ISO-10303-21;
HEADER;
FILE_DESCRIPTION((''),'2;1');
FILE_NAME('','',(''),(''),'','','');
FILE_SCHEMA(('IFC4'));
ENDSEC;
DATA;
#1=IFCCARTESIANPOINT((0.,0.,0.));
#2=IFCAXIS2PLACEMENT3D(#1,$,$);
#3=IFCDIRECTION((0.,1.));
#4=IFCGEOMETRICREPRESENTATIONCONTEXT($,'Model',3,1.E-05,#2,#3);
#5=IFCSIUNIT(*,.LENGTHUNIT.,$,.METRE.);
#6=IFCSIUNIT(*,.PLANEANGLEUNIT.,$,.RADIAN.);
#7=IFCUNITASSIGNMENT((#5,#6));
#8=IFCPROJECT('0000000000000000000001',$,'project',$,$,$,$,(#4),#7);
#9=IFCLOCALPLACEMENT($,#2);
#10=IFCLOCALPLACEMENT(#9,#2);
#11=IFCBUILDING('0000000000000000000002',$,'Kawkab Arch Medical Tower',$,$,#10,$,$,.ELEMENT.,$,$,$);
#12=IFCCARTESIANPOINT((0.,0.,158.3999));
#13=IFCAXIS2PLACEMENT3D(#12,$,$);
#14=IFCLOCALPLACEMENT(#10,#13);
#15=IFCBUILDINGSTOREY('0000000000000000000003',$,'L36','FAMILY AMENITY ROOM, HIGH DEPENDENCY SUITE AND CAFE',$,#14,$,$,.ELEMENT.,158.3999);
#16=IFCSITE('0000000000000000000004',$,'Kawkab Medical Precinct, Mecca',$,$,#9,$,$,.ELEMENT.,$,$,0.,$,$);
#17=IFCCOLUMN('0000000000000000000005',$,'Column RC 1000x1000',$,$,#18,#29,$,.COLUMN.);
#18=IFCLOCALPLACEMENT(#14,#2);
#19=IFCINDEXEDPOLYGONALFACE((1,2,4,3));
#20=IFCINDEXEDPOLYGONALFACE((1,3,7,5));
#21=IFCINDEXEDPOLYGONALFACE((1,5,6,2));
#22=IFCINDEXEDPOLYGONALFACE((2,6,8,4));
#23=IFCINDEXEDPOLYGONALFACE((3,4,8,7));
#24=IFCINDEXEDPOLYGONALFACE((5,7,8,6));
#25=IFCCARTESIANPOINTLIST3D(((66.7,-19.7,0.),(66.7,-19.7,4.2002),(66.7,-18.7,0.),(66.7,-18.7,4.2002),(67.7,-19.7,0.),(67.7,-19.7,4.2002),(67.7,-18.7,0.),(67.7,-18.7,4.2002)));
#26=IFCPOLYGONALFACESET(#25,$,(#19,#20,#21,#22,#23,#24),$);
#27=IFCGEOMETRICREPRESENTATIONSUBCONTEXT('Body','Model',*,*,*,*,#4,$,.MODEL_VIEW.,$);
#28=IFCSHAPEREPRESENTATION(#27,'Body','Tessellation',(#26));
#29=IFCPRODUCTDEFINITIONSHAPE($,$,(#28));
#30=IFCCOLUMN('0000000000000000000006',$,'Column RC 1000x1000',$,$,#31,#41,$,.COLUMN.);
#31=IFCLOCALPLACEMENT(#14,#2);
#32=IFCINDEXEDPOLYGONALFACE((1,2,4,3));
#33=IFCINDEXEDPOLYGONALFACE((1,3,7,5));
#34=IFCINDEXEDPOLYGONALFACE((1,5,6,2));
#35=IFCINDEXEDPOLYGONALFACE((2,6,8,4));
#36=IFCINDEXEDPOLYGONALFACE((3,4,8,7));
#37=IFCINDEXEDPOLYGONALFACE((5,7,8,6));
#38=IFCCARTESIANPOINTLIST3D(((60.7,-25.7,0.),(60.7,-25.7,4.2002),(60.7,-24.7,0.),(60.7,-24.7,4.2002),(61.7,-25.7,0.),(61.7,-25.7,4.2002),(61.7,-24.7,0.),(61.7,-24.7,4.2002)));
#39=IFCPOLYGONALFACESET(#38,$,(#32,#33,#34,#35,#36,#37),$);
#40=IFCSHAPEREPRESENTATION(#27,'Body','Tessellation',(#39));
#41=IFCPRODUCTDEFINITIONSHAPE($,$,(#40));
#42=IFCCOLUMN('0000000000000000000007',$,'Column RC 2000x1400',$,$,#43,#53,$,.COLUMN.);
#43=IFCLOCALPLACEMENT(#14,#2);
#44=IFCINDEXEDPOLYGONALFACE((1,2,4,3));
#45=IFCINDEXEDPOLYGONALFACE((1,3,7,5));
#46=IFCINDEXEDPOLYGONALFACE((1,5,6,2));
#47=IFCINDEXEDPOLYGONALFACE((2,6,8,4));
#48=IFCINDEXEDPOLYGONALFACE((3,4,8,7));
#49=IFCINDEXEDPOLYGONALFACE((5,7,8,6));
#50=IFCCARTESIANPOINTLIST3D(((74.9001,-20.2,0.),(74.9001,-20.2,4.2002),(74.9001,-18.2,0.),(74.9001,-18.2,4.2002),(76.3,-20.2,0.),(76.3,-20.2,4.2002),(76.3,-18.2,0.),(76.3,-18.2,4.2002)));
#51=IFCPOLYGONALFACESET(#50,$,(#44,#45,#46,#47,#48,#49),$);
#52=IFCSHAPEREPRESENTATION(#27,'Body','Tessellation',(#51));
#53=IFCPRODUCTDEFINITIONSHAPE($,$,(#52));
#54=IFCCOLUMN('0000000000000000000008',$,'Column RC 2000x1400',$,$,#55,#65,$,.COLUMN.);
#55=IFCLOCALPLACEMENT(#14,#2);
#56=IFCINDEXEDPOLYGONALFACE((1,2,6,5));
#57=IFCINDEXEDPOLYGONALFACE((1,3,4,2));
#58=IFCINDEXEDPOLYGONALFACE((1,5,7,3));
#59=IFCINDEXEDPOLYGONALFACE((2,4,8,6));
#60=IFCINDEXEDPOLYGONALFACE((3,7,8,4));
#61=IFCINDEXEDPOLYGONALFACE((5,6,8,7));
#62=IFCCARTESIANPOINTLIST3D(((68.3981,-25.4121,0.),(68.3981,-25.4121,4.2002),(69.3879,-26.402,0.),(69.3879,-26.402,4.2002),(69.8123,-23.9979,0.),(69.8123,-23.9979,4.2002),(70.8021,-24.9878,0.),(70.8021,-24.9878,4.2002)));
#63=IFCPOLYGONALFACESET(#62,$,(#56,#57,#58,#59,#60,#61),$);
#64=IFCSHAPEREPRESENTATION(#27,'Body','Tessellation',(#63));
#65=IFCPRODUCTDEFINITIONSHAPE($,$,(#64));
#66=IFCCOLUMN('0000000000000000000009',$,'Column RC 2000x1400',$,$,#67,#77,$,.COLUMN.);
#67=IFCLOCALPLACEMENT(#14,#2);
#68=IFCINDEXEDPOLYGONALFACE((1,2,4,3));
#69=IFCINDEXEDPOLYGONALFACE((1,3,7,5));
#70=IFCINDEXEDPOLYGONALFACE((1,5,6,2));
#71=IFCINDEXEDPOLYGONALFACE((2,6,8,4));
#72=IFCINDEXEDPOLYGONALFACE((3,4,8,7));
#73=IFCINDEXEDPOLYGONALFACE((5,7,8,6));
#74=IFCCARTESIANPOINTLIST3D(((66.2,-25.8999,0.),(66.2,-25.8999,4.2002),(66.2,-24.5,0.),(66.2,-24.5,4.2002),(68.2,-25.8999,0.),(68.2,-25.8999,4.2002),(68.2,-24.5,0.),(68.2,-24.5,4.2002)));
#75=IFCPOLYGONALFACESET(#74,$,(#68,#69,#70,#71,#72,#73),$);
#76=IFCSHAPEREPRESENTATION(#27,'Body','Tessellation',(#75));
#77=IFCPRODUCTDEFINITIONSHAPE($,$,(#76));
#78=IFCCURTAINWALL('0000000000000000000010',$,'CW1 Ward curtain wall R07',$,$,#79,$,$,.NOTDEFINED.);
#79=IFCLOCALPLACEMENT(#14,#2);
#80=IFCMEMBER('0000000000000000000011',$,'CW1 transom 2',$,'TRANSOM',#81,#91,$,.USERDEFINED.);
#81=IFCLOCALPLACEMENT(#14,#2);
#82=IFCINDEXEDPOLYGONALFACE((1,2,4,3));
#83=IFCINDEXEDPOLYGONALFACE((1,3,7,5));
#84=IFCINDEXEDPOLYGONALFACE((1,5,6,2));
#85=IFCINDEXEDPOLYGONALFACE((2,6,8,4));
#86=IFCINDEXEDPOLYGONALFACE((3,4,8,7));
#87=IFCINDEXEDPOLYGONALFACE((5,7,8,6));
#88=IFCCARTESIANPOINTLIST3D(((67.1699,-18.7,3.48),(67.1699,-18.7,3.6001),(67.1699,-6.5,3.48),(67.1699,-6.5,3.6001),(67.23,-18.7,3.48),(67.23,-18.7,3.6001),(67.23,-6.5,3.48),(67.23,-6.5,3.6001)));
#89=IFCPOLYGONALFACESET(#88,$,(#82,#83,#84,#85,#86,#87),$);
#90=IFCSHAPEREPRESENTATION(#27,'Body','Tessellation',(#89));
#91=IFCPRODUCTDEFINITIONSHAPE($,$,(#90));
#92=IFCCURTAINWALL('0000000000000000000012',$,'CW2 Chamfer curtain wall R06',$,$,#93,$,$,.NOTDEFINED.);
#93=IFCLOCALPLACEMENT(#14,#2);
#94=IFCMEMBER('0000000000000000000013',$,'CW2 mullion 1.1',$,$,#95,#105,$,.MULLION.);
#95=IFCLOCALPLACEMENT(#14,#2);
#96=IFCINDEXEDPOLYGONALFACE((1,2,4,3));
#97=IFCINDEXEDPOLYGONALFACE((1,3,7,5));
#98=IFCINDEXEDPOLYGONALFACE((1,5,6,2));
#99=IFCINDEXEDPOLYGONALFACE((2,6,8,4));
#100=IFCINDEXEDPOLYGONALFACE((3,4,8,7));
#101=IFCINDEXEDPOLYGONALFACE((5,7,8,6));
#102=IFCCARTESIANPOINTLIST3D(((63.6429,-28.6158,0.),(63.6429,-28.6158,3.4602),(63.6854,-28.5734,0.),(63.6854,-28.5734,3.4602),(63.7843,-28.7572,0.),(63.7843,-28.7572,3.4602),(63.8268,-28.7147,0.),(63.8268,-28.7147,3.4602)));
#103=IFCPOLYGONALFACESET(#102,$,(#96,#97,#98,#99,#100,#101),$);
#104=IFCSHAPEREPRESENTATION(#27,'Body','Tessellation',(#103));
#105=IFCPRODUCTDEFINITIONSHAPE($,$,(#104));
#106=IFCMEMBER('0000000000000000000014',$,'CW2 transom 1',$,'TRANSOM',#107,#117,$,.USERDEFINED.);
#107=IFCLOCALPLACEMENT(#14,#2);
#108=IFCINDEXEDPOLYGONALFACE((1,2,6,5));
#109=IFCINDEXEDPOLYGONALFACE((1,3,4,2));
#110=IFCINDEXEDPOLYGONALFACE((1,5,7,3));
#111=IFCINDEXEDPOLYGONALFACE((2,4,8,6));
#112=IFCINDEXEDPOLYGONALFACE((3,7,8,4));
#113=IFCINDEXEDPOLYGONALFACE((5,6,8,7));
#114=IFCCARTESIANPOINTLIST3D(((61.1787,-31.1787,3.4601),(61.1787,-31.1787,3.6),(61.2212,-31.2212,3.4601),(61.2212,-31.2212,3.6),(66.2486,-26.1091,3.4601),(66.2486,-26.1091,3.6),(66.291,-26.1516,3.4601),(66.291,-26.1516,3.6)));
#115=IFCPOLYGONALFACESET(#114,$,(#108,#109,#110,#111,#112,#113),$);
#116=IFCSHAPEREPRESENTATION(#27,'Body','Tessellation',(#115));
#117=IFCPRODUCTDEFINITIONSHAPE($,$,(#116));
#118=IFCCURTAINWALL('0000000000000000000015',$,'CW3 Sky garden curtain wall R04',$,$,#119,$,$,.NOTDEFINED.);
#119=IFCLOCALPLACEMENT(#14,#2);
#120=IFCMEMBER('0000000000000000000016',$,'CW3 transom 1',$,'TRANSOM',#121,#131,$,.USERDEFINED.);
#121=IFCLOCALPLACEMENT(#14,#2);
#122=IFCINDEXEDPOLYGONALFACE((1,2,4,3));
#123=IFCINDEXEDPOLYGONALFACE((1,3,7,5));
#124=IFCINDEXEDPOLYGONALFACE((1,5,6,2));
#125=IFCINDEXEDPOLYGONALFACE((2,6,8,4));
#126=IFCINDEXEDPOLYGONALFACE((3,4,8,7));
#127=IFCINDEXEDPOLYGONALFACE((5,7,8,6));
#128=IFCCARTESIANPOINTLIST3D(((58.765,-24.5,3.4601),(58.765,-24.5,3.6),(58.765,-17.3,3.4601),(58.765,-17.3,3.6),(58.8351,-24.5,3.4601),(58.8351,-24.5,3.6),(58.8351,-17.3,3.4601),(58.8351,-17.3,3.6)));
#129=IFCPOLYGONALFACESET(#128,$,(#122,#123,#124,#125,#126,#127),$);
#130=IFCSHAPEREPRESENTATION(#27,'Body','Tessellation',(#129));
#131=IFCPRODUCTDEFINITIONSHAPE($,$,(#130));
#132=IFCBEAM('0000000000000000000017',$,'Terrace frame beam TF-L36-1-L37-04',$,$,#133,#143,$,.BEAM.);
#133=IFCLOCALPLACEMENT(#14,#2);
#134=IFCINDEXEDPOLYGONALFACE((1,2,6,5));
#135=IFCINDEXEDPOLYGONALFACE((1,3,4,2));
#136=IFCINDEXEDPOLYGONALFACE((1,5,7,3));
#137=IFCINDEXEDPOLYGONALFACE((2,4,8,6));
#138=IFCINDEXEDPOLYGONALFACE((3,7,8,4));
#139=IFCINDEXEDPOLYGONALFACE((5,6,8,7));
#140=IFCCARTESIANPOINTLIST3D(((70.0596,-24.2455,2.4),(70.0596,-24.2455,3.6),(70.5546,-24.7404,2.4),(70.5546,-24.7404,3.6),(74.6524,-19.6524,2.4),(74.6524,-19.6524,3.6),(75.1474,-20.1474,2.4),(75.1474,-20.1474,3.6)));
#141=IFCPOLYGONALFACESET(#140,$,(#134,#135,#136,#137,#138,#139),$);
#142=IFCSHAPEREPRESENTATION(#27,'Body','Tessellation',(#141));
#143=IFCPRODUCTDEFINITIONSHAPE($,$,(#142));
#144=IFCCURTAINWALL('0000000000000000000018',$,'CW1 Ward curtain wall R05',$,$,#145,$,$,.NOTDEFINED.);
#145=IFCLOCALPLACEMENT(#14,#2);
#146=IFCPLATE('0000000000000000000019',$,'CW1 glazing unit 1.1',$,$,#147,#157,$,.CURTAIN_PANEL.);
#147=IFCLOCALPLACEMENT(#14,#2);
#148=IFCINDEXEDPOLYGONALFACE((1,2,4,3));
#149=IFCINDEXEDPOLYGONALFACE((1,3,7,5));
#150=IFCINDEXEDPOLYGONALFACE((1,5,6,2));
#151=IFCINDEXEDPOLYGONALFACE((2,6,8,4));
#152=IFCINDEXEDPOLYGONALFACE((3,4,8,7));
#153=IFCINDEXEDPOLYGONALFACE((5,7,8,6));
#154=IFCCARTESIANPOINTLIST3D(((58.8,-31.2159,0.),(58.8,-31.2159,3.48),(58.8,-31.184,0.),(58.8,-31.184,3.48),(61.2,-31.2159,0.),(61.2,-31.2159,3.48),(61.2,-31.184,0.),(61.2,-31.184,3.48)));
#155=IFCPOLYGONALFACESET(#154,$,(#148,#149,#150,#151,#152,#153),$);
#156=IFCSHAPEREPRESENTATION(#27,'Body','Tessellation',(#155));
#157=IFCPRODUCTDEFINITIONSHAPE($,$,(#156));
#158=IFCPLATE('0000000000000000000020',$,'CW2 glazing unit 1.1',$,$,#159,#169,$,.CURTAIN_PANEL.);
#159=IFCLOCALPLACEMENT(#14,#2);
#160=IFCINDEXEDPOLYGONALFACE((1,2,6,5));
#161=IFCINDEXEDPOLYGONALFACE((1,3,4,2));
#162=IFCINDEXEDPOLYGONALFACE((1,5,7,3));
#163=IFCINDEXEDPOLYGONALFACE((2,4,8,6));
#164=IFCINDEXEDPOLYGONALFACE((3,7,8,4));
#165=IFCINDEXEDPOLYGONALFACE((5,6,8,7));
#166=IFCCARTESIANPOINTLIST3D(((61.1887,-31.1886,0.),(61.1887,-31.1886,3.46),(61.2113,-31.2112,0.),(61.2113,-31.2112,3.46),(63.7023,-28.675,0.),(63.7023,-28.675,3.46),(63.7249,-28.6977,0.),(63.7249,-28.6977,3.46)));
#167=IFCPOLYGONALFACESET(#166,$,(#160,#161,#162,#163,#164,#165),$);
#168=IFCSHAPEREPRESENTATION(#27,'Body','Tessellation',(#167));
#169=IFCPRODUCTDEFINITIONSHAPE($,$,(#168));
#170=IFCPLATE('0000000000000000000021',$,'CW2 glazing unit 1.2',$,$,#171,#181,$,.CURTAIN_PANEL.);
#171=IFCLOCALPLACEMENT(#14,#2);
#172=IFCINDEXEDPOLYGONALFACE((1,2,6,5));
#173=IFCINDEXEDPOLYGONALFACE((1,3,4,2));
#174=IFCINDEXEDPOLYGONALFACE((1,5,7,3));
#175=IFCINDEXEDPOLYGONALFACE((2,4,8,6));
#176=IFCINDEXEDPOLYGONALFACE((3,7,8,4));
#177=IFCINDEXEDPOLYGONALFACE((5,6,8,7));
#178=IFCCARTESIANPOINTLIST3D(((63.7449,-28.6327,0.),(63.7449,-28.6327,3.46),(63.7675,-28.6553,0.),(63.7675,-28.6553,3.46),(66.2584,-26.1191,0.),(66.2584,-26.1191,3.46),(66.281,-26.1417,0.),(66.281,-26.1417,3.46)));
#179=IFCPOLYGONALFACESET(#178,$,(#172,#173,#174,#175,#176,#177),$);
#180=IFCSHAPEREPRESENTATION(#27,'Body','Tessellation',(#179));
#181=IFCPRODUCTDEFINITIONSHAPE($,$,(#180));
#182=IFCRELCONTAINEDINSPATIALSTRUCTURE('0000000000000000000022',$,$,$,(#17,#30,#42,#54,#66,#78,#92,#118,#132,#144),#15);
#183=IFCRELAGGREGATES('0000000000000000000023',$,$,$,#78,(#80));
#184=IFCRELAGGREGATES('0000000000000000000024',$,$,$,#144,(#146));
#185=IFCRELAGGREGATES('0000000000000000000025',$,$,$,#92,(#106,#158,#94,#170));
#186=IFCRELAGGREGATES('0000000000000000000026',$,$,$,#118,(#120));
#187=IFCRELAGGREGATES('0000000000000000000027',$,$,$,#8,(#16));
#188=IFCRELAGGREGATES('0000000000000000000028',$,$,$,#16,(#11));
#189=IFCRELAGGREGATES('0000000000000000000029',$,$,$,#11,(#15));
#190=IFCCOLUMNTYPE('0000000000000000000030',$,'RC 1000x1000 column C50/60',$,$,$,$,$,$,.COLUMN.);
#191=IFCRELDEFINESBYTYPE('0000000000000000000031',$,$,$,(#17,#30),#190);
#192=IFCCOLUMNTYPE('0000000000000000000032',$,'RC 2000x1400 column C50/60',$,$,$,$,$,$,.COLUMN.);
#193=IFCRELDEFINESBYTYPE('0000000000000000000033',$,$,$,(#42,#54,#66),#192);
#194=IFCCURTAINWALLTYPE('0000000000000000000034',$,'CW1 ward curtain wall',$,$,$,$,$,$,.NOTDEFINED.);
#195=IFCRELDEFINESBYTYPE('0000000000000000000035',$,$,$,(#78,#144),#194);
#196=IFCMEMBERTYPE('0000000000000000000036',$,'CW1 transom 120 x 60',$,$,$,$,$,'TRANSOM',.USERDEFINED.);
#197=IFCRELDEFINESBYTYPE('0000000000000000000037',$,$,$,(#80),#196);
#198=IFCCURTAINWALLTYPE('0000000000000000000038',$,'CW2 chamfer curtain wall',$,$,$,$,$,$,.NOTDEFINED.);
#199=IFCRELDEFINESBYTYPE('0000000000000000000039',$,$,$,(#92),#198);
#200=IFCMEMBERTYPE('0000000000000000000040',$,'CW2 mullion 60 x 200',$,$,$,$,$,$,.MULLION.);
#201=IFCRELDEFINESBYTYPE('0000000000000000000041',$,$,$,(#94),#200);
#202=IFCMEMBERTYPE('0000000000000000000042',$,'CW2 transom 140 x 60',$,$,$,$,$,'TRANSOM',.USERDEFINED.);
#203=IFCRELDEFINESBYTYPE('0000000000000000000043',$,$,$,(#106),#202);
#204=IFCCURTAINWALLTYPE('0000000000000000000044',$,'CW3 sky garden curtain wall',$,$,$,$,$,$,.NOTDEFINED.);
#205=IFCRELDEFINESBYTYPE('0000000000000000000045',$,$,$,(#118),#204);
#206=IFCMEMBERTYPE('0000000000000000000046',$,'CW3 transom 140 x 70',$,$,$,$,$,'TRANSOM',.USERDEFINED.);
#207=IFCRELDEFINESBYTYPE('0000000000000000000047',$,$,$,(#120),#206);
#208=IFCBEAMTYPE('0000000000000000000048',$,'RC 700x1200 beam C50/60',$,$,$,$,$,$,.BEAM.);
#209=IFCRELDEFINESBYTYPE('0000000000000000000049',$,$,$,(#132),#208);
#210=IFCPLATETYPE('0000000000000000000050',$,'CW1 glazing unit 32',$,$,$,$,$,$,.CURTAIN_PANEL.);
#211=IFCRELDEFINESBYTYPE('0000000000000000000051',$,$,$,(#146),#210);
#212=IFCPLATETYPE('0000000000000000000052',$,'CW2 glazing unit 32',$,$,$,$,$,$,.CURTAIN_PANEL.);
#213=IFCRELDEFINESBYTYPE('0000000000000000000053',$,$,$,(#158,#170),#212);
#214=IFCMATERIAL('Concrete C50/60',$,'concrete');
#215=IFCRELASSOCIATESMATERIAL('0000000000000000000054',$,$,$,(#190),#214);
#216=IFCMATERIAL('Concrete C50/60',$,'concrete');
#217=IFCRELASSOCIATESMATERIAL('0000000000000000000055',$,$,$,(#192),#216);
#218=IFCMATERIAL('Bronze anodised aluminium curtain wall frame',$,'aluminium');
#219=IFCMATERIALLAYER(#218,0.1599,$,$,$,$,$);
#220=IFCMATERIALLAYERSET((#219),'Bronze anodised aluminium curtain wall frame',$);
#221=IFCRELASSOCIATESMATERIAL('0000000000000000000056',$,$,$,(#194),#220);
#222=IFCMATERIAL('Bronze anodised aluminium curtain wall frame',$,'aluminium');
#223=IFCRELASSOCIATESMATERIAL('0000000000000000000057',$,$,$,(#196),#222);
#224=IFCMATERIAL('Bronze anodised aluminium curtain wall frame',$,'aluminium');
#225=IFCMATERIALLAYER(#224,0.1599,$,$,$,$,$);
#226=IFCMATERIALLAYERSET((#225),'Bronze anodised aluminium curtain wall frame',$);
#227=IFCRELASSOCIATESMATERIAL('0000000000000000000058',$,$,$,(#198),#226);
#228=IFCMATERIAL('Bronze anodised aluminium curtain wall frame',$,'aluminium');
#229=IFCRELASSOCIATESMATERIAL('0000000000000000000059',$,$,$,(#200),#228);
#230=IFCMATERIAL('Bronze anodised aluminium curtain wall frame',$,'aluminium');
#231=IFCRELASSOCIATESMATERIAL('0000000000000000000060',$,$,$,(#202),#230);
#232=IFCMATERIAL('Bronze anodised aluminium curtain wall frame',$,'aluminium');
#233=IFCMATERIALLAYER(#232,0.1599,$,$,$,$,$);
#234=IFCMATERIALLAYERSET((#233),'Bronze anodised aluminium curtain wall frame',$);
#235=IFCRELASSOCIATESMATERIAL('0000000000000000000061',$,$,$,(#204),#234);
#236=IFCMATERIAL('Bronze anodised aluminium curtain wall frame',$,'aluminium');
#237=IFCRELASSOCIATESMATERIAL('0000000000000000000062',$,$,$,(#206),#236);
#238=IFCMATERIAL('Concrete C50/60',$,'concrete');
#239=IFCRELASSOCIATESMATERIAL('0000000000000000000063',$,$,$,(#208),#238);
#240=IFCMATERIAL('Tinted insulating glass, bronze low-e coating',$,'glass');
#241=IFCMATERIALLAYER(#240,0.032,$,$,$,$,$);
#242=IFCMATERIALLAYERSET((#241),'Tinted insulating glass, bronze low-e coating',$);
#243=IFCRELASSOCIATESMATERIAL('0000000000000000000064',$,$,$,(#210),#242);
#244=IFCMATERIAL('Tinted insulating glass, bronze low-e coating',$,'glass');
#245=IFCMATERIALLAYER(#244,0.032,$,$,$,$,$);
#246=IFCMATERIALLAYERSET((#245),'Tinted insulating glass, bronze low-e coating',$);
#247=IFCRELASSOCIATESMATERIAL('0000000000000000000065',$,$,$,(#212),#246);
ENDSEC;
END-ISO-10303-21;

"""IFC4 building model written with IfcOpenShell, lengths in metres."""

from ifc_helpers import new_model, si_unit, direction, frame, origin, origin_2d, place, context, subcontext, project, spatial, rectangle, extrude, material, layer, layer_set, material_profile, profile_set, type_object, element, aggregate, save


model = new_model("IFC4")

# Units and contexts
model_context = context("Model", 3, precision=1e-05, world=origin(), true_north=direction((0.0, 1.0)))
body_context = subcontext(model_context, "Body", "Model", "MODEL_VIEW")
ifc_project = project(units=[si_unit("LENGTHUNIT", "METRE"), si_unit("PLANEANGLEUNIT", "RADIAN")], contexts=[model_context])

# Site, building, storey
site_placement = place(None, origin())
site = spatial("IfcSite", under=ifc_project, at=site_placement, Name="Kawkab Medical Precinct, Mecca", CompositionType="ELEMENT", RefElevation=0.0)
building_placement = place(site_placement, origin())
building = spatial("IfcBuilding", under=site, at=building_placement, Name="Kawkab Arch Medical Tower", CompositionType="ELEMENT")
storey_placement = place(building_placement, frame((0.0, 0.0, 158.3999)))
storey = spatial("IfcBuildingStorey", under=building, at=storey_placement, Name="L36", Description="FAMILY AMENITY ROOM, HIGH DEPENDENCY SUITE AND CAFE", CompositionType="ELEMENT", Elevation=158.3999)

# Columns
ifc_material_1 = material(Name="Concrete C50/60", Category="concrete")
ifc_material_profile_1 = material_profile(ifc_material_1, rectangle(XDim=1.0, YDim=1.0, at=origin_2d()), Name="RC 1000x1000")
ifc_profile_set_1 = profile_set([ifc_material_profile_1], Name="Concrete C50/60")
column_type_1 = type_object("IfcColumnType", Name="RC 1000x1000 column C50/60", PredefinedType="COLUMN", material=ifc_profile_set_1)
for number, where, z_axis, x_axis, name in (
    (1, (67.2, -19.2, 0.0), (0.0, 0.0, 1.0), (1.0, 0.0, 0.0), "Column RC 1000x1000"),
    (2, (61.2, -25.2, 0.0), (0.0, 0.0, 1.0), (1.0, 0.0, 0.0), "Column RC 1000x1000"),
):
    element("IfcColumn", number, at=place(storey_placement, frame(where, z_axis=z_axis, x_axis=x_axis)), inside=storey, type_object=column_type_1, Name=name, PredefinedType="COLUMN", context=body_context, shape_type="SweptSolid", body=[
        extrude(rectangle(XDim=1.0, YDim=1.0, at=origin_2d()), origin(), (0.0, 0.0, 1.0), 4.2002),
    ])
ifc_material_2 = material(Name="Concrete C50/60", Category="concrete")
ifc_material_profile_2 = material_profile(ifc_material_2, rectangle(XDim=2.0, YDim=1.3999, at=origin_2d()), Name="RC 2000x1400")
ifc_profile_set_2 = profile_set([ifc_material_profile_2], Name="Concrete C50/60")
column_type_2 = type_object("IfcColumnType", Name="RC 2000x1400 column C50/60", PredefinedType="COLUMN", material=ifc_profile_set_2)
for number, where, z_axis, x_axis, name in (
    (3, (75.6001, -19.2, 0.0), (0.0, 0.0, 1.0), (0.0, -1.0, 0.0), "Column RC 2000x1400"),
    (4, (69.6001, -25.2, 0.0), (0.0, 0.0, 1.0), (-0.707107, -0.707107, 0.0), "Column RC 2000x1400"),
    (5, (67.2, -25.2, 0.0), (0.0, 0.0, 1.0), (-1.0, 0.0, 0.0), "Column RC 2000x1400"),
):
    element("IfcColumn", number, at=place(storey_placement, frame(where, z_axis=z_axis, x_axis=x_axis)), inside=storey, type_object=column_type_2, Name=name, PredefinedType="COLUMN", context=body_context, shape_type="SweptSolid", body=[
        extrude(rectangle(XDim=2.0, YDim=1.3999, at=origin_2d()), origin(), (0.0, 0.0, 1.0), 4.2002),
    ])

# Curtain wall, member
ifc_material_3 = material(Name="Bronze anodised aluminium curtain wall frame", Category="aluminium")
ifc_layer_1 = layer(ifc_material_3, 0.1599)
ifc_layer_set_1 = layer_set([ifc_layer_1], Name="Bronze anodised aluminium curtain wall frame")
curtain_wall_type_1 = type_object("IfcCurtainWallType", Name="CW1 ward curtain wall", PredefinedType="NOTDEFINED", material=ifc_layer_set_1)
placement = place(storey_placement, origin())
curtain_wall_1 = element("IfcCurtainWall", 6, at=placement, inside=storey, type_object=curtain_wall_type_1, Name="CW1 Ward curtain wall R07", PredefinedType="NOTDEFINED")
ifc_material_4 = material(Name="Bronze anodised aluminium curtain wall frame", Category="aluminium")
ifc_material_profile_3 = material_profile(ifc_material_4, rectangle(XDim=0.0601, YDim=0.1201, at=origin_2d()), Name="AL 60x120")
ifc_profile_set_3 = profile_set([ifc_material_profile_3], Name="Bronze anodised aluminium curtain wall frame")
member_type_1 = type_object("IfcMemberType", Name="CW1 transom 120 x 60", ElementType="TRANSOM", PredefinedType="USERDEFINED", material=ifc_profile_set_3)
member_1_placement = place(storey_placement, frame((67.2, -18.7, 3.54), z_axis=(0.0, 1.0, 0.0), x_axis=(-1.0, 0.0, 0.0)))
member_1 = element("IfcMember", 7, at=member_1_placement, type_object=member_type_1, Name="CW1 transom 2", ObjectType="TRANSOM", PredefinedType="USERDEFINED", context=body_context, shape_type="SweptSolid", body=[
    extrude(rectangle(XDim=0.0601, YDim=0.1201, at=origin_2d()), origin(), (0.0, 0.0, 1.0), 12.2),
])
aggregate(curtain_wall_1, [member_1])

# Curtain wall, members
ifc_material_5 = material(Name="Bronze anodised aluminium curtain wall frame", Category="aluminium")
ifc_layer_2 = layer(ifc_material_5, 0.1599)
ifc_layer_set_2 = layer_set([ifc_layer_2], Name="Bronze anodised aluminium curtain wall frame")
curtain_wall_type_2 = type_object("IfcCurtainWallType", Name="CW2 chamfer curtain wall", PredefinedType="NOTDEFINED", material=ifc_layer_set_2)
curtain_wall_2 = element("IfcCurtainWall", 8, at=placement, inside=storey, type_object=curtain_wall_type_2, Name="CW2 Chamfer curtain wall R06", PredefinedType="NOTDEFINED")
ifc_material_6 = material(Name="Bronze anodised aluminium curtain wall frame", Category="aluminium")
ifc_material_profile_4 = material_profile(ifc_material_6, rectangle(XDim=0.2, YDim=0.0601, at=origin_2d()), Name="AL 60x200")
ifc_profile_set_4 = profile_set([ifc_material_profile_4], Name="Bronze anodised aluminium curtain wall frame")
member_type_2 = type_object("IfcMemberType", Name="CW2 mullion 60 x 200", PredefinedType="MULLION", material=ifc_profile_set_4)
member_2_placement = place(storey_placement, frame((63.7349, -28.6653, 0.0), z_axis=(0.0, 0.0, 1.0), x_axis=(-0.707107, 0.707107, 0.0)))
member_2 = element("IfcMember", 9, at=member_2_placement, type_object=member_type_2, Name="CW2 mullion 1.1", PredefinedType="MULLION", context=body_context, shape_type="SweptSolid", body=[
    extrude(rectangle(XDim=0.2, YDim=0.0601, at=origin_2d()), origin(), (0.0, 0.0, 1.0), 3.4602),
])
ifc_material_7 = material(Name="Bronze anodised aluminium curtain wall frame", Category="aluminium")
ifc_material_profile_5 = material_profile(ifc_material_7, rectangle(XDim=0.0601, YDim=0.1399, at=origin_2d()), Name="AL 60x140")
ifc_profile_set_5 = profile_set([ifc_material_profile_5], Name="Bronze anodised aluminium curtain wall frame")
member_type_3 = type_object("IfcMemberType", Name="CW2 transom 140 x 60", ElementType="TRANSOM", PredefinedType="USERDEFINED", material=ifc_profile_set_5)
member_3_placement = place(storey_placement, frame((61.2, -31.2, 3.53), z_axis=(0.707124, 0.70709, 0.0), x_axis=(-0.70709, 0.707124, 0.0)))
member_3 = element("IfcMember", 10, at=member_3_placement, type_object=member_type_3, Name="CW2 transom 1", ObjectType="TRANSOM", PredefinedType="USERDEFINED", context=body_context, shape_type="SweptSolid", body=[
    extrude(rectangle(XDim=0.0601, YDim=0.1399, at=origin_2d()), origin(), (0.0, 0.0, 1.0), 7.1697),
])

# Curtain wall, member
ifc_material_8 = material(Name="Bronze anodised aluminium curtain wall frame", Category="aluminium")
ifc_layer_3 = layer(ifc_material_8, 0.1599)
ifc_layer_set_3 = layer_set([ifc_layer_3], Name="Bronze anodised aluminium curtain wall frame")
curtain_wall_type_3 = type_object("IfcCurtainWallType", Name="CW3 sky garden curtain wall", PredefinedType="NOTDEFINED", material=ifc_layer_set_3)
curtain_wall_3 = element("IfcCurtainWall", 11, at=placement, inside=storey, type_object=curtain_wall_type_3, Name="CW3 Sky garden curtain wall R04", PredefinedType="NOTDEFINED")
ifc_material_9 = material(Name="Bronze anodised aluminium curtain wall frame", Category="aluminium")
ifc_material_profile_6 = material_profile(ifc_material_9, rectangle(XDim=0.0701, YDim=0.1399, at=origin_2d()), Name="AL 70x140")
ifc_profile_set_6 = profile_set([ifc_material_profile_6], Name="Bronze anodised aluminium curtain wall frame")
member_type_4 = type_object("IfcMemberType", Name="CW3 transom 140 x 70", ElementType="TRANSOM", PredefinedType="USERDEFINED", material=ifc_profile_set_6)
member_4_placement = place(storey_placement, frame((58.8, -17.3, 3.53), z_axis=(0.0, -1.0, 0.0), x_axis=(1.0, 0.0, 0.0)))
member_4 = element("IfcMember", 12, at=member_4_placement, type_object=member_type_4, Name="CW3 transom 1", ObjectType="TRANSOM", PredefinedType="USERDEFINED", context=body_context, shape_type="SweptSolid", body=[
    extrude(rectangle(XDim=0.0701, YDim=0.1399, at=origin_2d()), origin(), (0.0, 0.0, 1.0), 7.2),
])

# Beam
ifc_material_10 = material(Name="Concrete C50/60", Category="concrete")
ifc_material_profile_7 = material_profile(ifc_material_10, rectangle(XDim=0.7, YDim=1.2, at=origin_2d()), Name="RC 700x1200")
ifc_profile_set_7 = profile_set([ifc_material_profile_7], Name="Concrete C50/60")
beam_type = type_object("IfcBeamType", Name="RC 700x1200 beam C50/60", PredefinedType="BEAM", material=ifc_profile_set_7)
beam_placement = place(storey_placement, frame((74.8999, -19.8999, 3.0), z_axis=(-0.707088, -0.707126, 0.0), x_axis=(0.707126, -0.707088, 0.0)))
element("IfcBeam", 13, at=beam_placement, inside=storey, type_object=beam_type, Name="Terrace frame beam TF-L36-1-L37-04", PredefinedType="BEAM", context=body_context, shape_type="SweptSolid", body=[
    extrude(rectangle(XDim=0.7, YDim=1.2, at=origin_2d()), origin(), (0.0, 0.0, 1.0), 6.4954),
])

# Curtain wall, plate
curtain_wall_4 = element("IfcCurtainWall", 14, at=placement, inside=storey, type_object=curtain_wall_type_1, Name="CW1 Ward curtain wall R05", PredefinedType="NOTDEFINED")
ifc_material_11 = material(Name="Tinted insulating glass, bronze low-e coating", Category="glass")
ifc_layer_4 = layer(ifc_material_11, 0.032)
ifc_layer_set_4 = layer_set([ifc_layer_4], Name="Tinted insulating glass, bronze low-e coating")
plate_type_1 = type_object("IfcPlateType", Name="CW1 glazing unit 32", PredefinedType="CURTAIN_PANEL", material=ifc_layer_set_4)
plate_1_placement = place(storey_placement, frame((60.0, -31.2, 0.0), z_axis=(0.0, 0.0, 1.0), x_axis=(1.0, 0.0, 0.0)))
plate_1 = element("IfcPlate", 15, at=plate_1_placement, type_object=plate_type_1, Name="CW1 glazing unit 1.1", PredefinedType="CURTAIN_PANEL", context=body_context, shape_type="SweptSolid", body=[
    extrude(rectangle(XDim=2.3999, YDim=0.032, at=origin_2d()), origin(), (0.0, 0.0, 1.0), 3.48),
])
aggregate(curtain_wall_4, [plate_1])

# Plates
ifc_material_12 = material(Name="Tinted insulating glass, bronze low-e coating", Category="glass")
ifc_layer_5 = layer(ifc_material_12, 0.032)
ifc_layer_set_5 = layer_set([ifc_layer_5], Name="Tinted insulating glass, bronze low-e coating")
plate_type_2 = type_object("IfcPlateType", Name="CW2 glazing unit 32", PredefinedType="CURTAIN_PANEL", material=ifc_layer_set_5)
plate_2_placement = place(storey_placement, frame((62.4568, -29.9431, 0.0), z_axis=(0.0, 0.0, 1.0), x_axis=(0.707107, 0.707107, 0.0)))
plate_2 = element("IfcPlate", 16, at=plate_2_placement, type_object=plate_type_2, Name="CW2 glazing unit 1.1", PredefinedType="CURTAIN_PANEL", context=body_context, shape_type="SweptSolid", body=[
    extrude(rectangle(XDim=3.5547, YDim=0.032, at=origin_2d()), origin(), (0.0, 0.0, 1.0), 3.46),
])
plate_3_placement = place(storey_placement, frame((65.0129, -27.3872, 0.0), z_axis=(0.0, 0.0, 1.0), x_axis=(0.707107, 0.707107, 0.0)))
plate_3 = element("IfcPlate", 17, at=plate_3_placement, type_object=plate_type_2, Name="CW2 glazing unit 1.2", PredefinedType="CURTAIN_PANEL", context=body_context, shape_type="SweptSolid", body=[
    extrude(rectangle(XDim=3.5547, YDim=0.032, at=origin_2d()), origin(), (0.0, 0.0, 1.0), 3.46),
])
aggregate(curtain_wall_2, [member_3, plate_2, member_2, plate_3])
aggregate(curtain_wall_3, [member_4])

save(model, "model.ifc")
